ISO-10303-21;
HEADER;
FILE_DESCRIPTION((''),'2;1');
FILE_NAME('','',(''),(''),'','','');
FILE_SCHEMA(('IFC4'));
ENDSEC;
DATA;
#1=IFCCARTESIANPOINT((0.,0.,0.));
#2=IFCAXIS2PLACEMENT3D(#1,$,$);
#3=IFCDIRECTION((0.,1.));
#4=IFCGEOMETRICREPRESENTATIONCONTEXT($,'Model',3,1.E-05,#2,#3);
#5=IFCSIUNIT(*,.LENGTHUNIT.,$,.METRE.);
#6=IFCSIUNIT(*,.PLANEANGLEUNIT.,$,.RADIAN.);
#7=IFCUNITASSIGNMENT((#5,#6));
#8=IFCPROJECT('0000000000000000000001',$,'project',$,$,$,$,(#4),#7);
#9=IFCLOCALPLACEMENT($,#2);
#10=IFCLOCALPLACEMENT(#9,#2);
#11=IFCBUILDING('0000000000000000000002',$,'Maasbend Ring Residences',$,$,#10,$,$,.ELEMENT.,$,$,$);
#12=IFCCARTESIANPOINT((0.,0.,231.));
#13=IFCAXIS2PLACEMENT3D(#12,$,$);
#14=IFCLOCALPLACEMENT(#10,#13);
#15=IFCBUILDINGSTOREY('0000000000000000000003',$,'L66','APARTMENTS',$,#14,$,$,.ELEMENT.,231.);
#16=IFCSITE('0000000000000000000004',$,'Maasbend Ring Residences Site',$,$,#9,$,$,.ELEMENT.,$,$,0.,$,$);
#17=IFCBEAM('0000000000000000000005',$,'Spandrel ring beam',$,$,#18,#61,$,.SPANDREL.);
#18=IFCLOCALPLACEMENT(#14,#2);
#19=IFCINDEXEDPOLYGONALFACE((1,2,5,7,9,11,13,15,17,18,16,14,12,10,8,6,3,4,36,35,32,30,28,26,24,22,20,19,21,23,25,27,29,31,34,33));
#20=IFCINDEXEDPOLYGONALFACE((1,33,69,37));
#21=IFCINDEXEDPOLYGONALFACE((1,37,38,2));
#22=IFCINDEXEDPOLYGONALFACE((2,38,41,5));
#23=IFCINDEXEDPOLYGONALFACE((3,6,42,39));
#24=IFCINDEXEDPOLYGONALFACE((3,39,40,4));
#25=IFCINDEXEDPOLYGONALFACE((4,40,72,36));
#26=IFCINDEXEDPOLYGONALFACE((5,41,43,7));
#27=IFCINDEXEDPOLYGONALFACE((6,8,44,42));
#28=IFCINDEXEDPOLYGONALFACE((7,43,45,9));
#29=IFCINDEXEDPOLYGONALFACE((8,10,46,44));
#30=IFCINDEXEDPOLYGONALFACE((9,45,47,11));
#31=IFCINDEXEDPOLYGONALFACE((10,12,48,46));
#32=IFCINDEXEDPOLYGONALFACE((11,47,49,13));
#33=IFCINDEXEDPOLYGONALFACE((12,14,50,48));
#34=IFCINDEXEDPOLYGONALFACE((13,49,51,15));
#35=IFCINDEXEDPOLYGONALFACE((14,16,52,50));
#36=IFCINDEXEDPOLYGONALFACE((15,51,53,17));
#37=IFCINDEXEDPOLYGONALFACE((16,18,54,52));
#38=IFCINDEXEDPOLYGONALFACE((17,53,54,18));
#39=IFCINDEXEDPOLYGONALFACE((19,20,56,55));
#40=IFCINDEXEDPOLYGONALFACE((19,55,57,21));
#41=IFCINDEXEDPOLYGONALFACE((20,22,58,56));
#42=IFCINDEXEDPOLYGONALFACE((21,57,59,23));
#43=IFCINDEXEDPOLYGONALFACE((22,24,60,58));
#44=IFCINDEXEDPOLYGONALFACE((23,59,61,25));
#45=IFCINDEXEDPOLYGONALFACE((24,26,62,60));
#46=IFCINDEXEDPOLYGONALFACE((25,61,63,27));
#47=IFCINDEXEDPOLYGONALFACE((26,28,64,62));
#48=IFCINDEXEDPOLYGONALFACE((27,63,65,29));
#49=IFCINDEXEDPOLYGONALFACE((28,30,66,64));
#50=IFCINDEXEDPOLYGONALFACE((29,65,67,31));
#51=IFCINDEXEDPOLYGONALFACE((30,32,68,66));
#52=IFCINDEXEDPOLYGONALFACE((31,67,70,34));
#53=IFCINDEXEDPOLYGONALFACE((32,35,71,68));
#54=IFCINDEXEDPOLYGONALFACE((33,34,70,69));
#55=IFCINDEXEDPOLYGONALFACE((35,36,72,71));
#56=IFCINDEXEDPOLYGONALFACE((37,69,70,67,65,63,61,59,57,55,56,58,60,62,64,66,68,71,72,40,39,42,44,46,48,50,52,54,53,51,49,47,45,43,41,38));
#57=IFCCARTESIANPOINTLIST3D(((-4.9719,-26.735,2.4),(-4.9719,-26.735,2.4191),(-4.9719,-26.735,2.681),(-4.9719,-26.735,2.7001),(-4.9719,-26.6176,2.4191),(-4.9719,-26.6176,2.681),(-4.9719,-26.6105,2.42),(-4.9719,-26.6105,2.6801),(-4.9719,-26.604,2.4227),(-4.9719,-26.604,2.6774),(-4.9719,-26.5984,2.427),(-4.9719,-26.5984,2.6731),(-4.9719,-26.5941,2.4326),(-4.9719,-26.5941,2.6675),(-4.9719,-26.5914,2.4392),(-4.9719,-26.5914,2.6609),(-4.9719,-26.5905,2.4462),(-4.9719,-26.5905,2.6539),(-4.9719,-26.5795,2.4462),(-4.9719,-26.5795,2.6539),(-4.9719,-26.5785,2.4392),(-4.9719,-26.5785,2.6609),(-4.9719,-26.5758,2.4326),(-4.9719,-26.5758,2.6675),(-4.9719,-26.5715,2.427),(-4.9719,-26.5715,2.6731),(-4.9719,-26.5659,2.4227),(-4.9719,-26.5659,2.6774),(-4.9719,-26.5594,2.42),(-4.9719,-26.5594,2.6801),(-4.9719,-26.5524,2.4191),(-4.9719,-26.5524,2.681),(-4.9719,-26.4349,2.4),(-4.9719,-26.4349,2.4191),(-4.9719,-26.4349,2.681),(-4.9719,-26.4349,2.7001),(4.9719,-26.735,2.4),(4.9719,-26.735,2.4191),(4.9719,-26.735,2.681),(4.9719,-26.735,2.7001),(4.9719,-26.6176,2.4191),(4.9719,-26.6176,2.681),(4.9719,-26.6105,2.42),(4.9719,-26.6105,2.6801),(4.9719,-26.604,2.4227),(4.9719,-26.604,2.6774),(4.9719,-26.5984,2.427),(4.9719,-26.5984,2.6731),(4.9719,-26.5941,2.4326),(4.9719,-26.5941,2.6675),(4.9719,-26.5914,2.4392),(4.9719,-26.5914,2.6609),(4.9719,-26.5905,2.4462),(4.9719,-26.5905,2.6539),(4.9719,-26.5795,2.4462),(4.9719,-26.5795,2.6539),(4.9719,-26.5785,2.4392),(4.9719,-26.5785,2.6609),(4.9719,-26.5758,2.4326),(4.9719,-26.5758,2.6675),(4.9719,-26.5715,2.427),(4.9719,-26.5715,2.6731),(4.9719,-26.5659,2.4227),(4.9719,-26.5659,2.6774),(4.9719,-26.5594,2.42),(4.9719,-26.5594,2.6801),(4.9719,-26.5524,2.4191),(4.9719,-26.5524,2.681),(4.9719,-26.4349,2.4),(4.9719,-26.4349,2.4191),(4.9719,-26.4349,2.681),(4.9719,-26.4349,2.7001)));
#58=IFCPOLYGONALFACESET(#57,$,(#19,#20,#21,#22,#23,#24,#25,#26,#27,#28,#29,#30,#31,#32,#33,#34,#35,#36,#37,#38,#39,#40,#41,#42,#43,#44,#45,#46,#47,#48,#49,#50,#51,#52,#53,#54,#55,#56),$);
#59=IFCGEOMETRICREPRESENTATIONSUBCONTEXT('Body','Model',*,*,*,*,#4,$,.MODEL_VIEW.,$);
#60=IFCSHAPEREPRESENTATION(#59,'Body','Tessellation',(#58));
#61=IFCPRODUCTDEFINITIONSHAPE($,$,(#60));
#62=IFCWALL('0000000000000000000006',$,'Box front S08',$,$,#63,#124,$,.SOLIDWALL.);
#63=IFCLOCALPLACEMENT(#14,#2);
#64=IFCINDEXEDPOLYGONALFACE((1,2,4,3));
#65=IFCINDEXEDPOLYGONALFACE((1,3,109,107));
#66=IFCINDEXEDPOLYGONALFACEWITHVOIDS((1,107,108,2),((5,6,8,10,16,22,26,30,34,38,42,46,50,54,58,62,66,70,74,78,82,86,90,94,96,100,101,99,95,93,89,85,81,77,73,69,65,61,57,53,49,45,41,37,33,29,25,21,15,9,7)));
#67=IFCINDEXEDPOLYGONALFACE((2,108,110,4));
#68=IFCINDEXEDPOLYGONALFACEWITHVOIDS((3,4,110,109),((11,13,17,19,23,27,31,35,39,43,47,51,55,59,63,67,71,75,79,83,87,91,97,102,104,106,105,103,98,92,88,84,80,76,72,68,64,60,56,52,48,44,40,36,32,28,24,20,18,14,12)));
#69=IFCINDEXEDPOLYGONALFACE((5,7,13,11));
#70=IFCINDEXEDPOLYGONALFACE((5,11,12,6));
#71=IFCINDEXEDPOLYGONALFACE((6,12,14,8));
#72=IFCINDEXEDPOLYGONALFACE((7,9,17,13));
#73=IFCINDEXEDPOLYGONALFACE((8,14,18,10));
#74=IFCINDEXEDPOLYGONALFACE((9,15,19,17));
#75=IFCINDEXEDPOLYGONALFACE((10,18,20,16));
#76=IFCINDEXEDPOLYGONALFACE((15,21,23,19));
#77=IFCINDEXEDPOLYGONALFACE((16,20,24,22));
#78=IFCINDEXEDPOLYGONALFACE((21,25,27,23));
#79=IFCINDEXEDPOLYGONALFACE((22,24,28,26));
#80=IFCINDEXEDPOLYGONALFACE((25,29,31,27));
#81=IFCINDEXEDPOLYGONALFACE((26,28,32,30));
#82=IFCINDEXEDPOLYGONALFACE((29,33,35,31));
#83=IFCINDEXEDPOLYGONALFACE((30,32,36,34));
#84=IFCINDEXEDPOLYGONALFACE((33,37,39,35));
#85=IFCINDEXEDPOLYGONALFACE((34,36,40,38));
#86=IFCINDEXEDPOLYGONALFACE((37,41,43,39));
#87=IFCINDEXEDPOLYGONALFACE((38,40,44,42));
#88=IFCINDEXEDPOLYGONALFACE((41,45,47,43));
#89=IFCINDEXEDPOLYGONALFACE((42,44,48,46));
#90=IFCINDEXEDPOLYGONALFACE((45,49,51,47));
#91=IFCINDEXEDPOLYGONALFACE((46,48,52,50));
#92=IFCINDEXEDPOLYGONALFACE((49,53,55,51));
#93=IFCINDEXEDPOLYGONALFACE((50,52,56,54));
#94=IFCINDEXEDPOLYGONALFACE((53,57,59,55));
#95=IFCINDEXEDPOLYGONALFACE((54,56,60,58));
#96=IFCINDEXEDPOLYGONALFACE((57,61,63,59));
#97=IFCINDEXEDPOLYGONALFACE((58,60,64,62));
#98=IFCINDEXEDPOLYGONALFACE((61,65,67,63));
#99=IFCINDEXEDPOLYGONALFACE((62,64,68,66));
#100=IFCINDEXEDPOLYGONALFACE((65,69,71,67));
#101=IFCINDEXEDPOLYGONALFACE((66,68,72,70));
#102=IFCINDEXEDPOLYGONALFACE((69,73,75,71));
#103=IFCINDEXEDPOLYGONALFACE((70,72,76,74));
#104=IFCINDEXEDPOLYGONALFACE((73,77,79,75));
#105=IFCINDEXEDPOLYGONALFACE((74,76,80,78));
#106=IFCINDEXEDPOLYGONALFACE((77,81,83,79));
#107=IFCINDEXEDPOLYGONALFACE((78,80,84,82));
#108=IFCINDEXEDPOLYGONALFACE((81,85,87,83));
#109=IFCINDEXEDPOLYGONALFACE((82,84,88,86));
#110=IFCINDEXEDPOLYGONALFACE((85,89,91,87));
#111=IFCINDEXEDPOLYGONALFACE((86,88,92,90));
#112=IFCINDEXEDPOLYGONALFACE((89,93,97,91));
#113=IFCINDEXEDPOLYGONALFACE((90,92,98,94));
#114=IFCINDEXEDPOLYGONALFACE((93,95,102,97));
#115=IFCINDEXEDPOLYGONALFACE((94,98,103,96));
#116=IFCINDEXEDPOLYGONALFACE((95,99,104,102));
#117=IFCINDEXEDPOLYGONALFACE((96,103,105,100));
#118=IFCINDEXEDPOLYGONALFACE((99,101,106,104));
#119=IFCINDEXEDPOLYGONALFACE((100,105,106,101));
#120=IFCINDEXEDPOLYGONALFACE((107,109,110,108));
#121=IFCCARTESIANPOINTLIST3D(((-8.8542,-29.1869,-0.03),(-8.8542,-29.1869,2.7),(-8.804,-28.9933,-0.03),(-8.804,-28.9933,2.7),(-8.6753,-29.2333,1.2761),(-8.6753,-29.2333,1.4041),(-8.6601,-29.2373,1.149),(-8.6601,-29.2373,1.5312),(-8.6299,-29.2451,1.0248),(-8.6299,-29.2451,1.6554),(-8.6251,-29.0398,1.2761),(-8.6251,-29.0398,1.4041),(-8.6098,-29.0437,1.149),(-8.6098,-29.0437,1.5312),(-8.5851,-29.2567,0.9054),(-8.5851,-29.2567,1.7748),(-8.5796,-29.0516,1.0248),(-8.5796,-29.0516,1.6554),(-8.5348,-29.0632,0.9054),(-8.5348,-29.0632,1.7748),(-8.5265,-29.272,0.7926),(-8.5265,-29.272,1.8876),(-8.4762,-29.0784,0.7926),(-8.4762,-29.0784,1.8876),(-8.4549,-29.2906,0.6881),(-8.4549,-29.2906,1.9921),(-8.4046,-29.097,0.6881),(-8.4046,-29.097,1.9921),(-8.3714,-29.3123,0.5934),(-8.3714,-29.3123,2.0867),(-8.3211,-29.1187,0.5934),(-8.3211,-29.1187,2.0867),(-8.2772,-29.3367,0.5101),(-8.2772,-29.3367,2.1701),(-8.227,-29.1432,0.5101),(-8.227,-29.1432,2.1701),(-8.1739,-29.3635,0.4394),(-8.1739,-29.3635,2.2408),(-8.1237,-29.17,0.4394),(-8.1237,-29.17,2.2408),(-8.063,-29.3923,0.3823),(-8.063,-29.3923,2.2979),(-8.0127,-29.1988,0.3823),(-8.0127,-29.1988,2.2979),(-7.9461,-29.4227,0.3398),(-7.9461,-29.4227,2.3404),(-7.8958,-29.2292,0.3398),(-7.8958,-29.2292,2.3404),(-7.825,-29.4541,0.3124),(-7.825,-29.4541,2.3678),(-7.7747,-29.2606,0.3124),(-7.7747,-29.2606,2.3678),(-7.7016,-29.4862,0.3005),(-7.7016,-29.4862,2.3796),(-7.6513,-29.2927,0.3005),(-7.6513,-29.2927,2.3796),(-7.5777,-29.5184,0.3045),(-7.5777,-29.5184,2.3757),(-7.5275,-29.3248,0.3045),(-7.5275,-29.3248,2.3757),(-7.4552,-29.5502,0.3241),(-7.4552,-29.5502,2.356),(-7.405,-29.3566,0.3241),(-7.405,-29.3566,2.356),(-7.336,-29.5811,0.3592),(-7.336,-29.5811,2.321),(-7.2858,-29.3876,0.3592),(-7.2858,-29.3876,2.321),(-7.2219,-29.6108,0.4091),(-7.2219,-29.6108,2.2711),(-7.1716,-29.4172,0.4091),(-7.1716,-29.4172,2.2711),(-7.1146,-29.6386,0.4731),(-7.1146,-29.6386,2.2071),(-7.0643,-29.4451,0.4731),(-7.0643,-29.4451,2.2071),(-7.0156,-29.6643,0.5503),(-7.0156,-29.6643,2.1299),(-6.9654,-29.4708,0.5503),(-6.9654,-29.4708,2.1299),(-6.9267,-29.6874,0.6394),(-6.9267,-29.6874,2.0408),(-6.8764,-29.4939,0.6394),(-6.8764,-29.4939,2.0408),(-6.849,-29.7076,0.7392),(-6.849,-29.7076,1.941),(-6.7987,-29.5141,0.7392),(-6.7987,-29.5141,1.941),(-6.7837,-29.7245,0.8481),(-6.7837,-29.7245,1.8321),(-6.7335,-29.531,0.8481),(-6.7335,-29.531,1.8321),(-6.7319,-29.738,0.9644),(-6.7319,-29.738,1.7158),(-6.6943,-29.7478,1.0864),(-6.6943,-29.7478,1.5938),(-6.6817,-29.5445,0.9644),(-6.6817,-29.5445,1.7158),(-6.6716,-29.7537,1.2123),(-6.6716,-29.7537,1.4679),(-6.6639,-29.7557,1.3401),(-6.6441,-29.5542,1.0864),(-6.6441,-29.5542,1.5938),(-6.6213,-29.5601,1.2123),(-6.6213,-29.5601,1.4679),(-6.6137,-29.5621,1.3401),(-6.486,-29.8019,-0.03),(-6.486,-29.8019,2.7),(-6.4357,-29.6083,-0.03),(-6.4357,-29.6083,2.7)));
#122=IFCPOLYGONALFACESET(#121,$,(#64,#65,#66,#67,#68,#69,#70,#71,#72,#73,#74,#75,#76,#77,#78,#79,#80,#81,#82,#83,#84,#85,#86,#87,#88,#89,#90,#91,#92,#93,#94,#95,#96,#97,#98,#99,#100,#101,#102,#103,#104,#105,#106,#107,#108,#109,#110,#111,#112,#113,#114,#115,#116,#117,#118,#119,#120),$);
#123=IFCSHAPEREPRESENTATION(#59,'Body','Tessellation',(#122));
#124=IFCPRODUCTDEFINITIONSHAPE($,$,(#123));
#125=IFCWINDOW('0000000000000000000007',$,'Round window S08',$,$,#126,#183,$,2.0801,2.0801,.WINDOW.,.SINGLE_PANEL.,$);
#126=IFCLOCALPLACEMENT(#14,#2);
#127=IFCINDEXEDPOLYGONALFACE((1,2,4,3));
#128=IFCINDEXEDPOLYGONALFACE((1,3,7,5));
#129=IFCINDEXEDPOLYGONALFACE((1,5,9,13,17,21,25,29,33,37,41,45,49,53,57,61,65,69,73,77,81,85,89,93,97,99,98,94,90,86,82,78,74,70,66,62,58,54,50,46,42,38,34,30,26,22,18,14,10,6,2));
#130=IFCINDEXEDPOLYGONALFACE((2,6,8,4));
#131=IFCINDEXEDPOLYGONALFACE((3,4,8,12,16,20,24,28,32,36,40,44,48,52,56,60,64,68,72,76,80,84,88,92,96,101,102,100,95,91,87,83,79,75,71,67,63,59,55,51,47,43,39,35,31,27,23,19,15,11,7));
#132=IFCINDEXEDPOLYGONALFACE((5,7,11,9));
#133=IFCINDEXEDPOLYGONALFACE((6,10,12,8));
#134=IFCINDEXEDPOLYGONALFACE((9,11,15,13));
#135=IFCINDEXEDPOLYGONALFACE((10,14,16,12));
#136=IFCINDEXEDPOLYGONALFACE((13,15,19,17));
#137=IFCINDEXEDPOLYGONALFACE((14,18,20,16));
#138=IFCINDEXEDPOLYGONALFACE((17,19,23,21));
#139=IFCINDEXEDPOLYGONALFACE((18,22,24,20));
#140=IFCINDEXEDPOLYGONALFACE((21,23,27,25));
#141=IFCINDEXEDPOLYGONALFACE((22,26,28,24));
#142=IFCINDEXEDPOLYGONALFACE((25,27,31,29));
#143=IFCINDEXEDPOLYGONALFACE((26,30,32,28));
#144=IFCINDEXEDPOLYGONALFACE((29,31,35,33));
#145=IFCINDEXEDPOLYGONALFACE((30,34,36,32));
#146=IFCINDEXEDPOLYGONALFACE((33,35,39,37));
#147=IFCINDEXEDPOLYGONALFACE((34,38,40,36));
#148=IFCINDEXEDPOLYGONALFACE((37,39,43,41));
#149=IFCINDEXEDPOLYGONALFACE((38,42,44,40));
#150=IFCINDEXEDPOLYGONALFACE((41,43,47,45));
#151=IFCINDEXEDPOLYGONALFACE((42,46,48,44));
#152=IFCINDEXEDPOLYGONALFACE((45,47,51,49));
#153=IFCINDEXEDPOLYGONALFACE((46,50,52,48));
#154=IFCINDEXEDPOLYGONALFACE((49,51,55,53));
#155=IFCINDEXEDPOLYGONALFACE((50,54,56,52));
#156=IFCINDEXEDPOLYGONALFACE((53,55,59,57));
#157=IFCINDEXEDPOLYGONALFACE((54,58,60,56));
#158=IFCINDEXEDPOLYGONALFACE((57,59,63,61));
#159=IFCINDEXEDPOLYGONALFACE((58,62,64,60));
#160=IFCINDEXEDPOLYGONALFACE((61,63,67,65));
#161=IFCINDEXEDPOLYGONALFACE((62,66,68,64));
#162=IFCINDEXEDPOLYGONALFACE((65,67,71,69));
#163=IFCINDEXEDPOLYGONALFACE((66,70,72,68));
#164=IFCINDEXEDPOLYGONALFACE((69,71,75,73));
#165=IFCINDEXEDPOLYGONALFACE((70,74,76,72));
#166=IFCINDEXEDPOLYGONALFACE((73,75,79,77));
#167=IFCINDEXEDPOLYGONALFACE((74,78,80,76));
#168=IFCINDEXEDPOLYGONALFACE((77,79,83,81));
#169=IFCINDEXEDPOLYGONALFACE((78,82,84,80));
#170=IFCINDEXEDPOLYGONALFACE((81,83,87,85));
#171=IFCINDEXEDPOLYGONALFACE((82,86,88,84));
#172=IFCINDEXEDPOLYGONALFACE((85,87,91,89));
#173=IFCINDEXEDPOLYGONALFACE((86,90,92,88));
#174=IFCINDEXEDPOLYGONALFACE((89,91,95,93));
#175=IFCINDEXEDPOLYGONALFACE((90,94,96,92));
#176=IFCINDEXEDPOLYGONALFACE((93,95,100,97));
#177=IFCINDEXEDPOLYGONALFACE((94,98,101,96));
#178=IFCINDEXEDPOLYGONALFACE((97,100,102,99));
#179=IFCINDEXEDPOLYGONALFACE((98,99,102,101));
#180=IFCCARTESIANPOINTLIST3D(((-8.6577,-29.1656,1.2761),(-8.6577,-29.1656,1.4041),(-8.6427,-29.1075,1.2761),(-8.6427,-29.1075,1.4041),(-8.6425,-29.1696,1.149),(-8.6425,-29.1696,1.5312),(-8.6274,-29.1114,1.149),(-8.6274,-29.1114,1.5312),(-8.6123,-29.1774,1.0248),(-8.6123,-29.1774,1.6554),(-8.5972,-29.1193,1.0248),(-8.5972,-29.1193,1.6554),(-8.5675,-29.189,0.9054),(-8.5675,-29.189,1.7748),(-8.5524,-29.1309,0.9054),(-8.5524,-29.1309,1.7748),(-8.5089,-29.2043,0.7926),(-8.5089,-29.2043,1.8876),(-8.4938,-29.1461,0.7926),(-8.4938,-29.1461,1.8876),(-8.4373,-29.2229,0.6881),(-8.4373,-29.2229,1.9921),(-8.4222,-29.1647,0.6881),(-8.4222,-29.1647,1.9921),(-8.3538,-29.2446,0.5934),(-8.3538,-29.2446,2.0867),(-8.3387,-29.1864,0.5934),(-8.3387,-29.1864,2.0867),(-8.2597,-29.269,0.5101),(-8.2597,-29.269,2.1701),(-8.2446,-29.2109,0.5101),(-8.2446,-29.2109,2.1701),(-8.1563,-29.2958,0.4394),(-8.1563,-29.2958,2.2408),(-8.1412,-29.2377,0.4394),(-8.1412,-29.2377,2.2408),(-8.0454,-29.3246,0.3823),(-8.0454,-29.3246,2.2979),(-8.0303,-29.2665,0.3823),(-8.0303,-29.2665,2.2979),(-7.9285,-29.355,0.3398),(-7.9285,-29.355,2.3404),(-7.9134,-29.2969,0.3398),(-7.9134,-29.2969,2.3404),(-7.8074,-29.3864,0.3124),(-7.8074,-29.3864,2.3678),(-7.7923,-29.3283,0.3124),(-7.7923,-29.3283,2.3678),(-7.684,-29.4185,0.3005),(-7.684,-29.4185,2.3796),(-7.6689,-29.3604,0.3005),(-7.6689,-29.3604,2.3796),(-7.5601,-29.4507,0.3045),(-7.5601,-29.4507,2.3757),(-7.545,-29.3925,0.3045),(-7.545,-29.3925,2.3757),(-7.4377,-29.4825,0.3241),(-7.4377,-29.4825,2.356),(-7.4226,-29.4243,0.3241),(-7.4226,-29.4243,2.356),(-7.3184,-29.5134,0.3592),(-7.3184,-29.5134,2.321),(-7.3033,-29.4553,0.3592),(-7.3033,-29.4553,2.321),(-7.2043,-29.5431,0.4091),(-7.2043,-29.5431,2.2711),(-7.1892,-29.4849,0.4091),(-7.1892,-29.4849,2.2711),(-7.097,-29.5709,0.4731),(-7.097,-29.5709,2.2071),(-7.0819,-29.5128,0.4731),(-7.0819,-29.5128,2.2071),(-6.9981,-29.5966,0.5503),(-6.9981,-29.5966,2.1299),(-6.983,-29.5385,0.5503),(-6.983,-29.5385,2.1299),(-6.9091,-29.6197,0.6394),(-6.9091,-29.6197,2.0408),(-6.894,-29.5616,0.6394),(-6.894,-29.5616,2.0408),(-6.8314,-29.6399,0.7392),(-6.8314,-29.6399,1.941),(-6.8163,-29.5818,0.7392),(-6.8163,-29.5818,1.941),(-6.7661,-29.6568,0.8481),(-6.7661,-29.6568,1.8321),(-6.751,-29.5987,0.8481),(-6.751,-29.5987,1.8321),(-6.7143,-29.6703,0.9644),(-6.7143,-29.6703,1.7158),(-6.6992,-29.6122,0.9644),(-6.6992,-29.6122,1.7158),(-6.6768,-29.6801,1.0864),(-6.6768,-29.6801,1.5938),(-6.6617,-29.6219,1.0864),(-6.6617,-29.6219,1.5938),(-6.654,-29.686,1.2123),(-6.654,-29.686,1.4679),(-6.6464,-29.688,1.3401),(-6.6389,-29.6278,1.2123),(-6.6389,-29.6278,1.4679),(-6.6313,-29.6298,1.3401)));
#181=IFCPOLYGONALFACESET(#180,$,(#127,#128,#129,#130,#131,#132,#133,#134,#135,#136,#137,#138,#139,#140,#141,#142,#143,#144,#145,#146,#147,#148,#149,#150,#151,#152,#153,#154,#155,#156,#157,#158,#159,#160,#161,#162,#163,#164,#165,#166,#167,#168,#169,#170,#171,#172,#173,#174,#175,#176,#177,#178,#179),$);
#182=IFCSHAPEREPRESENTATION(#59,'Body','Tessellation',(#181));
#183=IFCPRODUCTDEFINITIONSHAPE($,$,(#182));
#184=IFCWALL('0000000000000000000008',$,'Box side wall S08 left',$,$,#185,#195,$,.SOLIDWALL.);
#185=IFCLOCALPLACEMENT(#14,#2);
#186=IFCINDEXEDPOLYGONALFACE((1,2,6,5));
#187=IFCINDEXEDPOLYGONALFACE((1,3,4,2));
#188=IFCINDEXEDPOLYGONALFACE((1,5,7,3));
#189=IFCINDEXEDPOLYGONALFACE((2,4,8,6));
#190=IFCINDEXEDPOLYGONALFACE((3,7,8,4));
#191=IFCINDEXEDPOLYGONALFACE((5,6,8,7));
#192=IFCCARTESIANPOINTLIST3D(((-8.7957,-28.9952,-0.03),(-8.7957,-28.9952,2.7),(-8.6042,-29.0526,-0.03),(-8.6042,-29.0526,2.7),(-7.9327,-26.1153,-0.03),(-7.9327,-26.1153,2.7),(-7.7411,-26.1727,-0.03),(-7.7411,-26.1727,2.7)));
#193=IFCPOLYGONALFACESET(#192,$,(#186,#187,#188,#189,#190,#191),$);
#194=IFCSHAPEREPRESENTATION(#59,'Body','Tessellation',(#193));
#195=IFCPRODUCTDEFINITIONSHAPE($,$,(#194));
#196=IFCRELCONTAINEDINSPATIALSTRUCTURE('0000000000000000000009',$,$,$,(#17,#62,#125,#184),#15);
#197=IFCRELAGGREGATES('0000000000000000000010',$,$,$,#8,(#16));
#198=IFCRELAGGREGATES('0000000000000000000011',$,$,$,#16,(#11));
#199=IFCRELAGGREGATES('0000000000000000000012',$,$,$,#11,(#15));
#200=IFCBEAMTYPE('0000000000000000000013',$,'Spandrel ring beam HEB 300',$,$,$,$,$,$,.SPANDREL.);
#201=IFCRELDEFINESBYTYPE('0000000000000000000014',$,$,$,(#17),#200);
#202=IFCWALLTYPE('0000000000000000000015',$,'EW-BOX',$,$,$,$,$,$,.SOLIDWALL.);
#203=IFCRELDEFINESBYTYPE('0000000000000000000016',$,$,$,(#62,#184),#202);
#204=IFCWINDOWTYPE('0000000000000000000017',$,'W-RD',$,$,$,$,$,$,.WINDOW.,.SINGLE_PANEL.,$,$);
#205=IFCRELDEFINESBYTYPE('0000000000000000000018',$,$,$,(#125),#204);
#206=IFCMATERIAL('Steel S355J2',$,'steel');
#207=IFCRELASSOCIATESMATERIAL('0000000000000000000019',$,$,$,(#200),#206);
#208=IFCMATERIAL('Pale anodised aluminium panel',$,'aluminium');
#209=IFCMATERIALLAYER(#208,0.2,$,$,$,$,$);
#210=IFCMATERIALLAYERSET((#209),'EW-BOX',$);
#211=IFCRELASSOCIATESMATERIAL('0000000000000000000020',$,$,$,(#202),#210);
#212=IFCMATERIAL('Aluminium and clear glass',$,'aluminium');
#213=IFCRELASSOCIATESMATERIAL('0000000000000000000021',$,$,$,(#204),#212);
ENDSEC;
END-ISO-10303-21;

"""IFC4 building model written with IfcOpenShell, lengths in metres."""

from ifc_helpers import new_model, si_unit, direction, frame, frame_2d, origin, origin_2d, place, context, subcontext, project, spatial, rectangle, circle, i_section, extrude, material, layer, layer_set, material_profile, profile_set, type_object, element, fill, save


model = new_model("IFC4")

# Units and contexts
model_context = context("Model", 3, precision=1e-05, world=origin(), true_north=direction((0.0, 1.0)))
body_context = subcontext(model_context, "Body", "Model", "MODEL_VIEW")
ifc_project = project(units=[si_unit("LENGTHUNIT", "METRE"), si_unit("PLANEANGLEUNIT", "RADIAN")], contexts=[model_context])

# Site, building, storey
site_placement = place(None, origin())
site = spatial("IfcSite", under=ifc_project, at=site_placement, Name="Maasbend Ring Residences Site", CompositionType="ELEMENT", RefElevation=0.0)
building_placement = place(site_placement, origin())
building = spatial("IfcBuilding", under=site, at=building_placement, Name="Maasbend Ring Residences", CompositionType="ELEMENT")
storey_placement = place(building_placement, frame((0.0, 0.0, 231.0)))
storey = spatial("IfcBuildingStorey", under=building, at=storey_placement, Name="L66", Description="APARTMENTS", CompositionType="ELEMENT", Elevation=231.0)

# Beam
ifc_material_1 = material(Name="Steel S355J2", Category="steel")
ifc_material_profile_1 = material_profile(ifc_material_1, i_section(OverallWidth=0.3, OverallDepth=0.3, WebThickness=0.011, FlangeThickness=0.019, FilletRadius=0.0271, at=origin_2d()), Name="HEB 300")
ifc_profile_set_1 = profile_set([ifc_material_profile_1], Name="Steel S355J2")
beam_type = type_object("IfcBeamType", Name="Spandrel ring beam HEB 300", PredefinedType="SPANDREL", material=ifc_profile_set_1)
beam_placement = place(storey_placement, frame((-4.9719, -26.585, 2.55), z_axis=(1.0, 0.0, 0.0), x_axis=(0.0, 1.0, 0.0)))
element("IfcBeam", 1, at=beam_placement, inside=storey, type_object=beam_type, Name="Spandrel ring beam", PredefinedType="SPANDREL", context=body_context, shape_type="SweptSolid", body=[
    extrude(i_section(OverallWidth=0.3, OverallDepth=0.3, WebThickness=0.011, FlangeThickness=0.019, FilletRadius=0.0271, at=origin_2d()), origin(), (0.0, 0.0, 1.0), 9.9438),
])

# Wall, opening, window
ifc_material_2 = material(Name="Pale anodised aluminium panel", Category="aluminium")
ifc_layer_1 = layer(ifc_material_2, 0.2)
ifc_layer_set_1 = layer_set([ifc_layer_1], Name="EW-BOX")
wall_type_1 = type_object("IfcWallType", Name="EW-BOX", PredefinedType="SOLIDWALL", material=ifc_layer_set_1)
wall_1_placement = place(storey_placement, frame((-8.8291, -29.0901, -0.03), z_axis=(0.0, 0.0, 1.0), x_axis=(0.967895, -0.251353, 0.0)))
wall_1 = element("IfcWall", 2, at=wall_1_placement, inside=storey, type_object=wall_type_1, Name="Box front S08", PredefinedType="SOLIDWALL", context=body_context, shape_type="SweptSolid", body=[
    extrude(rectangle(XDim=2.4468, YDim=0.2, at=frame_2d((1.2234, 0.0))), origin(), (0.0, 0.0, 1.0), 2.73),
])
opening_1_placement = place(wall_1_placement, frame((0.1829, 0.0, 0.3301)))
opening_1 = element("IfcOpeningElement", 3, at=opening_1_placement, cuts=wall_1, PredefinedType="OPENING", context=body_context, shape_type="SweptSolid", body=[
    extrude(circle(Radius=1.04, at=frame_2d((1.04, 1.04))), frame((0.0, 0.1099, 0.0), z_axis=(0.0, -1.0, 0.0), x_axis=(1.0, 0.0, 0.0)), (0.0, 0.0, 1.0), 0.22),
])
ifc_material_3 = material(Name="Aluminium and clear glass", Category="aluminium")
window_type_1 = type_object("IfcWindowType", Name="W-RD", PartitioningType="SINGLE_PANEL", PredefinedType="WINDOW", material=ifc_material_3)
window_1_placement = place(opening_1_placement, origin())
window_1 = element("IfcWindow", 4, at=window_1_placement, inside=storey, type_object=window_type_1, Name="Round window S08", OverallHeight=2.0801, OverallWidth=2.0801, PartitioningType="SINGLE_PANEL", PredefinedType="WINDOW", context=body_context, shape_type="SweptSolid", body=[
    extrude(circle(Radius=1.04, at=frame_2d((1.04, 1.04))), frame((0.0, 0.03, 0.0), z_axis=(0.0, -1.0, 0.0), x_axis=(1.0, 0.0, 0.0)), (0.0, 0.0, 1.0), 0.0601),
])
fill(opening_1, window_1)

# Wall
wall_2_placement = place(storey_placement, frame((-7.8369, -26.144, -0.03), z_axis=(0.0, 0.0, 1.0), x_axis=(-0.287065, -0.957911, 0.0)))
element("IfcWall", 5, at=wall_2_placement, inside=storey, type_object=wall_type_1, Name="Box side wall S08 left", PredefinedType="SOLIDWALL", context=body_context, shape_type="SweptSolid", body=[
    extrude(rectangle(XDim=3.0063, YDim=0.2, at=frame_2d((1.5032, 0.0))), origin(), (0.0, 0.0, 1.0), 2.73),
])

save(model, "model.ifc")
